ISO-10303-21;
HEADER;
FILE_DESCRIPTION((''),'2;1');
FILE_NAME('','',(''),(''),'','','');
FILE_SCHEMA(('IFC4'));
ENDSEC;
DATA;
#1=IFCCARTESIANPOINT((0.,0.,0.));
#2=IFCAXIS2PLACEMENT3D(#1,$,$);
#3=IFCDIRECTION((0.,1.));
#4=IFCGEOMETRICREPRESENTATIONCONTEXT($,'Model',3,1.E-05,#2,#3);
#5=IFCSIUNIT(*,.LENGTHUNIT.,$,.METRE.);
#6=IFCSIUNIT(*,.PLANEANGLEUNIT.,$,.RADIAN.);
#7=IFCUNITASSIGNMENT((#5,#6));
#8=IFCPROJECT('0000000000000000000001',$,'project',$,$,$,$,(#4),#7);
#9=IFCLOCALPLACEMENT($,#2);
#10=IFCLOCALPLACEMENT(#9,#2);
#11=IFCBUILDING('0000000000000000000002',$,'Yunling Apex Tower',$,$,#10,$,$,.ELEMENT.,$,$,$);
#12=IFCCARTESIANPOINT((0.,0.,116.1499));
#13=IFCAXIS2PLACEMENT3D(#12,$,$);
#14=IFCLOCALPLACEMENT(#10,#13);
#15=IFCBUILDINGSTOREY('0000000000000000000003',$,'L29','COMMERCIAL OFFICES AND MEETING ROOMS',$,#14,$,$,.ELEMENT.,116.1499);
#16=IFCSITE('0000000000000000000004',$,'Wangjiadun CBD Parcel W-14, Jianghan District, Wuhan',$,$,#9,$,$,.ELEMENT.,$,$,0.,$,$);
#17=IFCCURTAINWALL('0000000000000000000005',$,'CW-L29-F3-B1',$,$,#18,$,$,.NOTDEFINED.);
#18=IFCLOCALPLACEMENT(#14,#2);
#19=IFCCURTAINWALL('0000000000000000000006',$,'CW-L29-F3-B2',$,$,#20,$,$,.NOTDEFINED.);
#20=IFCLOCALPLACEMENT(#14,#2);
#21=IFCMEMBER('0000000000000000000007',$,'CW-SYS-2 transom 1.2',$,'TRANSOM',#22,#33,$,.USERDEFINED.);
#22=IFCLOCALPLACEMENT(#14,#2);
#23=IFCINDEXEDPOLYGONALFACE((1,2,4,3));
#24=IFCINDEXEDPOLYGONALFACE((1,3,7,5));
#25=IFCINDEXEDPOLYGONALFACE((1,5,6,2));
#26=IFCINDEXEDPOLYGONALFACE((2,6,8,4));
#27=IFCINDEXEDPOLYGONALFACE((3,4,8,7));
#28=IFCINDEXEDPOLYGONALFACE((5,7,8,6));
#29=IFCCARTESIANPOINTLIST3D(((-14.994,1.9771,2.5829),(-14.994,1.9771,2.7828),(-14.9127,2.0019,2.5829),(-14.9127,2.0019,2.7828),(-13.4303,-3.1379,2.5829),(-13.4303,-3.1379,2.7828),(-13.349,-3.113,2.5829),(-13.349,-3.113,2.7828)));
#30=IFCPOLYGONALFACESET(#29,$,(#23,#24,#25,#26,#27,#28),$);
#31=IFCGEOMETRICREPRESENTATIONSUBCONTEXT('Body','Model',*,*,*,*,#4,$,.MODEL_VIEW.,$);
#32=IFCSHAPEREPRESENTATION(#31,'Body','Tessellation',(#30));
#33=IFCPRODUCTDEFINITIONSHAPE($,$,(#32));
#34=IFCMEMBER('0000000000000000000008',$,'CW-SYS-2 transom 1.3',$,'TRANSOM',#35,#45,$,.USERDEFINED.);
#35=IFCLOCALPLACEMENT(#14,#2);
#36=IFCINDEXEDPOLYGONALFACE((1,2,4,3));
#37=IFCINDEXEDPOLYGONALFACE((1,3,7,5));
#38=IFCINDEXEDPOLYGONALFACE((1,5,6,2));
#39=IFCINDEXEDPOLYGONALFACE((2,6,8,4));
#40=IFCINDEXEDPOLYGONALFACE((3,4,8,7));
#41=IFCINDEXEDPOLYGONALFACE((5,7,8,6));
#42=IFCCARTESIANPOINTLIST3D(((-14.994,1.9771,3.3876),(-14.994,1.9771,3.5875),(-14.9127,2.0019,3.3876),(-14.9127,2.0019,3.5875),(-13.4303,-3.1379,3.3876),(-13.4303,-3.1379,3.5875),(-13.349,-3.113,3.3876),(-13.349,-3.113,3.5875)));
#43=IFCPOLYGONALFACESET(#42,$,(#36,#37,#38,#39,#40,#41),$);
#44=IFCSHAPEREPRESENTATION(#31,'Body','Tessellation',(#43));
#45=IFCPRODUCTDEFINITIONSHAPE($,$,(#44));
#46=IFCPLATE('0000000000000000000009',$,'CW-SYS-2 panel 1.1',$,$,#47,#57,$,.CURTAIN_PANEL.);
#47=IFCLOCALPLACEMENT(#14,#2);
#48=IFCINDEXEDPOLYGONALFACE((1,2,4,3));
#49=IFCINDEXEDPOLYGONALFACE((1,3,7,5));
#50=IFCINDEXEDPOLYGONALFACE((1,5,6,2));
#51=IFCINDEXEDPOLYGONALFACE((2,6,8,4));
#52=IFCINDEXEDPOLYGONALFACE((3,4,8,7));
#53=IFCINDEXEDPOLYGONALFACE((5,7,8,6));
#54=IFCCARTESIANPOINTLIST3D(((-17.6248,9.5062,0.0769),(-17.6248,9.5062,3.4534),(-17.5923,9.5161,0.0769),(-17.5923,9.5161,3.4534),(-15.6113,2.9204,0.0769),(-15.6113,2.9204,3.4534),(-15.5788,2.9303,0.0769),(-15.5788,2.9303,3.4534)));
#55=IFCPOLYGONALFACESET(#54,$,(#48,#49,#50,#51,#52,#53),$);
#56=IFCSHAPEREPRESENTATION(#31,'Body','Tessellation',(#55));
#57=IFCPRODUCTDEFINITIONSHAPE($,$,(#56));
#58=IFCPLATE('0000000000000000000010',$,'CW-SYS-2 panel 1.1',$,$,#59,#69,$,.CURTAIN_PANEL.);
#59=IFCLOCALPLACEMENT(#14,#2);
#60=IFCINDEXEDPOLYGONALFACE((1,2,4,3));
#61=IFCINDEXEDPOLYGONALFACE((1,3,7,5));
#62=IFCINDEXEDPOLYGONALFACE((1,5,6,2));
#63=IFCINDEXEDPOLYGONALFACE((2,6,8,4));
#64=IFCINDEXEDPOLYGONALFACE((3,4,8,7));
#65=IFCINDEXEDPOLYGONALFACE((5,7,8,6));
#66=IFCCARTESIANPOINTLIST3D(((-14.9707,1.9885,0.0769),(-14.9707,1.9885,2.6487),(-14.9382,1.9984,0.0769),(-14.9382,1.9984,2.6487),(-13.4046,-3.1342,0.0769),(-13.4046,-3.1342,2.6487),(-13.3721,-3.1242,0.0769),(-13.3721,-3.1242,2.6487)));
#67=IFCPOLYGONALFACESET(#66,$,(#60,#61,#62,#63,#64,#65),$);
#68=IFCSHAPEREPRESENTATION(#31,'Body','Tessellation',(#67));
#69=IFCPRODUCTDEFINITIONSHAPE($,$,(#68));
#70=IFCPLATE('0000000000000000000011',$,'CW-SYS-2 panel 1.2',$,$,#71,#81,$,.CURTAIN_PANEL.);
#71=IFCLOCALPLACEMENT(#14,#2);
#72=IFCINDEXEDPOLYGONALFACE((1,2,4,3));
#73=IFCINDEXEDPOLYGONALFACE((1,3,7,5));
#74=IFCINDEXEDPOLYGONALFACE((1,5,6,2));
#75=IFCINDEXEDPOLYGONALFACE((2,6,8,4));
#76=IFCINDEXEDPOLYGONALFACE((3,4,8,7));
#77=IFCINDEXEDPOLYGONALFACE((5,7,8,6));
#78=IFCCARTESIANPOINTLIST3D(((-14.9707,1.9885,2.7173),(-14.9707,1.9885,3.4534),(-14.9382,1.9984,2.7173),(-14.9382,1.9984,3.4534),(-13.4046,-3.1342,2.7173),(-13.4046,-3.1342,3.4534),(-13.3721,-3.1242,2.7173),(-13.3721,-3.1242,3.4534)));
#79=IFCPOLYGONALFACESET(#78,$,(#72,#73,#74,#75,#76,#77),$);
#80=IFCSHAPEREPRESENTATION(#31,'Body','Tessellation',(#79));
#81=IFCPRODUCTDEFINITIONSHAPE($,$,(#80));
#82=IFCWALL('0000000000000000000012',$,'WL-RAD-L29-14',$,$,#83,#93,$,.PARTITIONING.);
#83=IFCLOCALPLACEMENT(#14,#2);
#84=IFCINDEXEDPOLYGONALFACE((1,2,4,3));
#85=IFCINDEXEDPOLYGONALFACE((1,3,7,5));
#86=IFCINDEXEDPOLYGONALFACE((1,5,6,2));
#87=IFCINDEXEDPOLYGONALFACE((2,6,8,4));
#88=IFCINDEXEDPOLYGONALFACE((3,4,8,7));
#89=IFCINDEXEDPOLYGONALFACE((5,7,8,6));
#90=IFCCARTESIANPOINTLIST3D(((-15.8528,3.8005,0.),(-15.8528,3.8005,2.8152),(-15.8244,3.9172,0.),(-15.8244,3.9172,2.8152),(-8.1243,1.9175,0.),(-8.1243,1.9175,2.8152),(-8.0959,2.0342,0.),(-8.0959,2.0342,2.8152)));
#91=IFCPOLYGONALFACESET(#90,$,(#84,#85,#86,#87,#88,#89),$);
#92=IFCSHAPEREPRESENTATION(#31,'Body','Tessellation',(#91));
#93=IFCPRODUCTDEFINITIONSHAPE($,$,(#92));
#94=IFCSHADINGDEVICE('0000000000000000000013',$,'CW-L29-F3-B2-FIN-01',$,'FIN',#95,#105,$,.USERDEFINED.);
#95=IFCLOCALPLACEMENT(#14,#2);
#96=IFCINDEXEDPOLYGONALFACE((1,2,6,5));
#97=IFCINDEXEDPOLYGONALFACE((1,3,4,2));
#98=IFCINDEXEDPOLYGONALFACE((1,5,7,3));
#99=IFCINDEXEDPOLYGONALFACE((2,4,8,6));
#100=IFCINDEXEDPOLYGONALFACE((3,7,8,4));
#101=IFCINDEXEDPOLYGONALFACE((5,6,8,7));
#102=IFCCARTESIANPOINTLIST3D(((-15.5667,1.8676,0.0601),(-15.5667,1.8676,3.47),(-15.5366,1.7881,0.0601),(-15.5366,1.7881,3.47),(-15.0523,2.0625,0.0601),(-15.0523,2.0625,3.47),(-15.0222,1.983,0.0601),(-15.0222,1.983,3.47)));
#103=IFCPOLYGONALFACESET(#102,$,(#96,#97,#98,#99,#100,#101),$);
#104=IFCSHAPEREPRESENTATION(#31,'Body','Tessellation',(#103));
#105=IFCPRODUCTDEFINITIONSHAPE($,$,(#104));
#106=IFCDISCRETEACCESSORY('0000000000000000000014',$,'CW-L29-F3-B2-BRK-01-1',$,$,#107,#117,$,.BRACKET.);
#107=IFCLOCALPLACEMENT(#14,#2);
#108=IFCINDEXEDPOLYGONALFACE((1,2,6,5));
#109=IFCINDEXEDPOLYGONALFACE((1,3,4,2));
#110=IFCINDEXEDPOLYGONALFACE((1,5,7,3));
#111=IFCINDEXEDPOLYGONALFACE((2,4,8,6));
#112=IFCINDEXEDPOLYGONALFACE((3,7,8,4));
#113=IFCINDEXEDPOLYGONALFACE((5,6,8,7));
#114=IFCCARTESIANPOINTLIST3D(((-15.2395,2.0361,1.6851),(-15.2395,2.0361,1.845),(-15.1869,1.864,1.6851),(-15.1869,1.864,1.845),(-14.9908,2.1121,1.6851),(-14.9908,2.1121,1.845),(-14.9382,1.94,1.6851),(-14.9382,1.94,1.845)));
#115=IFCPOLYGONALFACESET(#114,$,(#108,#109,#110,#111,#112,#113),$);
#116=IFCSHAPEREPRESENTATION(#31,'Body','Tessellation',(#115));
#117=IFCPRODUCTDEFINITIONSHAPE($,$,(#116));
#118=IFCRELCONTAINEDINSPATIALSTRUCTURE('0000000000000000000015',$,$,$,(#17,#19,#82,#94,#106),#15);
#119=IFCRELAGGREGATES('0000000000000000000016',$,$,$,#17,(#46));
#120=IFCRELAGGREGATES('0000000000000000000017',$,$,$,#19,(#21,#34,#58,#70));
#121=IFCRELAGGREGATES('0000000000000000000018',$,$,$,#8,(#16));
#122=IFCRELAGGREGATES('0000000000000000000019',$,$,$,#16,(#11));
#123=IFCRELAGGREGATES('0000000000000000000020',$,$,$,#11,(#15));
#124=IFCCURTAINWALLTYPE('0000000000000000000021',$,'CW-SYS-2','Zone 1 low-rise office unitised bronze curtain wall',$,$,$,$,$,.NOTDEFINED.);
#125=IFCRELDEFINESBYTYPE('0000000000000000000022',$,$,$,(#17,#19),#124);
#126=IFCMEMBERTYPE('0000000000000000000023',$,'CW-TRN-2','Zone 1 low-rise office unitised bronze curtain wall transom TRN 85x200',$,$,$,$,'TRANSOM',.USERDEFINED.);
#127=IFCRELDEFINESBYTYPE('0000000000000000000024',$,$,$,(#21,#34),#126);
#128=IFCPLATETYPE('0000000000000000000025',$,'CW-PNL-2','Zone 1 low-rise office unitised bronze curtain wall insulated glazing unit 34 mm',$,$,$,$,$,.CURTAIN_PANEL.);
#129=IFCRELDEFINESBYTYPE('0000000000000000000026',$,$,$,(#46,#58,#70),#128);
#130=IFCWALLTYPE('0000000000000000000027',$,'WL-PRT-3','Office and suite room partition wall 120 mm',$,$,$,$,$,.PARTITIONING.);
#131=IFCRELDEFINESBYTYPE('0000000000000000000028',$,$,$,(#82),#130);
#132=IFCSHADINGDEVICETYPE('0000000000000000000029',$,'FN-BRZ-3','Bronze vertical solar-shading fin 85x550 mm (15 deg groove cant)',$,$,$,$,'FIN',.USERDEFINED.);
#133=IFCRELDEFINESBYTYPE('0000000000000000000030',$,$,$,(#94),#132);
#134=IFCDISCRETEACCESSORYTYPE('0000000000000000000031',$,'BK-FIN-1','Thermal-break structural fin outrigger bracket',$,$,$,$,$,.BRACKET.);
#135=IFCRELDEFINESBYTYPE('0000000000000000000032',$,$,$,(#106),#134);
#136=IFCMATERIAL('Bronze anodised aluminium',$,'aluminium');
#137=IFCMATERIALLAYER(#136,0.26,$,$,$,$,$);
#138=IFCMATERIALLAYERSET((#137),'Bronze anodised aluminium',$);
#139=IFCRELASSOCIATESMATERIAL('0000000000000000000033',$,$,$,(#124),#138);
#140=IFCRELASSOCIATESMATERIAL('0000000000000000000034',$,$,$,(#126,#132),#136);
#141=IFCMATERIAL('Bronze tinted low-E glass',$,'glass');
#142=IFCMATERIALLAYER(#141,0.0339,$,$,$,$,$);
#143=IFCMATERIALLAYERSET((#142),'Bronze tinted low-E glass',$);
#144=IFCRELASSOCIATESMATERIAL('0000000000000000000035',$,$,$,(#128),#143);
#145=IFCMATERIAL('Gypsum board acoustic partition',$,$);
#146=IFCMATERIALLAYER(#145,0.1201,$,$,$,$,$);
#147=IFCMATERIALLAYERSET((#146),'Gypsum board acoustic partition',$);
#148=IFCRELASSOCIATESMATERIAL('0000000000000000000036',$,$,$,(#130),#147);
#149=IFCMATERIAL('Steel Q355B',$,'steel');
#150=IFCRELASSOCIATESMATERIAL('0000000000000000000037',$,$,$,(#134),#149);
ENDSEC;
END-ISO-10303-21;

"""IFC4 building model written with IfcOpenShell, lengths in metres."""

from ifc_helpers import new_model, si_unit, direction, frame, frame_2d, origin, origin_2d, place, context, subcontext, project, spatial, rectangle, extrude, source, transform, mapped, material, layer, layer_set, material_profile, profile_set, type_object, element, aggregate, save


model = new_model("IFC4")

# Units and contexts
model_context = context("Model", 3, precision=1e-05, world=origin(), true_north=direction((0.0, 1.0)))
body_context = subcontext(model_context, "Body", "Model", "MODEL_VIEW")
ifc_project = project(units=[si_unit("LENGTHUNIT", "METRE"), si_unit("PLANEANGLEUNIT", "RADIAN")], contexts=[model_context])

# Site, building, storey
site_placement = place(None, origin())
site = spatial("IfcSite", under=ifc_project, at=site_placement, Name="Wangjiadun CBD Parcel W-14, Jianghan District, Wuhan", CompositionType="ELEMENT", RefElevation=0.0)
building_placement = place(site_placement, origin())
building = spatial("IfcBuilding", under=site, at=building_placement, Name="Yunling Apex Tower", CompositionType="ELEMENT")
storey_placement = place(building_placement, frame((0.0, 0.0, 116.1499)))
storey = spatial("IfcBuildingStorey", under=building, at=storey_placement, Name="L29", Description="COMMERCIAL OFFICES AND MEETING ROOMS", CompositionType="ELEMENT", Elevation=116.1499)

# Shared definitions
ifc_material_1 = material(Name="Steel Q355B", Category="steel")

# Curtain wall
ifc_material_2 = material(Name="Bronze anodised aluminium", Category="aluminium")
ifc_layer_1 = layer(ifc_material_2, 0.26)
ifc_layer_set_1 = layer_set([ifc_layer_1], Name="Bronze anodised aluminium")
curtain_wall_type = type_object("IfcCurtainWallType", Name="CW-SYS-2", Description="Zone 1 low-rise office unitised bronze curtain wall", PredefinedType="NOTDEFINED", material=ifc_layer_set_1)
curtain_wall_1_placement = place(storey_placement, origin())
curtain_wall_1 = element("IfcCurtainWall", 1, at=curtain_wall_1_placement, inside=storey, type_object=curtain_wall_type, Name="CW-L29-F3-B1", PredefinedType="NOTDEFINED")

# Curtain wall, members
curtain_wall_2_placement = place(storey_placement, origin())
curtain_wall_2 = element("IfcCurtainWall", 2, at=curtain_wall_2_placement, inside=storey, type_object=curtain_wall_type, Name="CW-L29-F3-B2", PredefinedType="NOTDEFINED")
ifc_material_profile_1 = material_profile(ifc_material_2, rectangle(XDim=0.085, YDim=0.2, at=origin_2d()))
ifc_profile_set_1 = profile_set([ifc_material_profile_1], Name="Bronze anodised aluminium")
member_type_1 = type_object("IfcMemberType", Name="CW-TRN-2", Description="Zone 1 low-rise office unitised bronze curtain wall transom TRN 85x200", ElementType="TRANSOM", PredefinedType="USERDEFINED", material=ifc_profile_set_1)
shared_shape_1 = source(origin(), body_context, "Body", "SweptSolid", [
    extrude(rectangle(XDim=0.085, YDim=0.2, at=origin_2d()), origin(), (0.0, 0.0, 1.0), 5.3486),
])
member_1_placement = place(storey_placement, frame((-14.9534, 1.9895, 2.6829), z_axis=(0.292357, -0.956309, 0.0), x_axis=(0.956309, 0.292357, 0.0)))
member_1 = element("IfcMember", 3, at=member_1_placement, type_object=member_type_1, Name="CW-SYS-2 transom 1.2", ObjectType="TRANSOM", PredefinedType="USERDEFINED", context=body_context, shape_type="MappedRepresentation", body=[
    mapped(shared_shape_1, transform((0.0, 0.0, 0.0), scale=1.0)),
])
member_2_placement = place(storey_placement, frame((-14.9534, 1.9895, 3.4875), z_axis=(0.292357, -0.956309, 0.0), x_axis=(0.956309, 0.292357, 0.0)))
member_2 = element("IfcMember", 4, at=member_2_placement, type_object=member_type_1, Name="CW-SYS-2 transom 1.3", ObjectType="TRANSOM", PredefinedType="USERDEFINED", context=body_context, shape_type="MappedRepresentation", body=[
    mapped(shared_shape_1, transform((0.0, 0.0, 0.0), scale=1.0)),
])

# Plates
ifc_material_3 = material(Name="Bronze tinted low-E glass", Category="glass")
ifc_layer_2 = layer(ifc_material_3, 0.0339)
ifc_layer_set_2 = layer_set([ifc_layer_2], Name="Bronze tinted low-E glass")
plate_type = type_object("IfcPlateType", Name="CW-PNL-2", Description="Zone 1 low-rise office unitised bronze curtain wall insulated glazing unit 34 mm", PredefinedType="CURTAIN_PANEL", material=ifc_layer_set_2)
shared_shape_2 = source(origin(), body_context, "Body", "SweptSolid", [
    extrude(rectangle(XDim=6.8867, YDim=0.0339, at=origin_2d()), origin(), (0.0, 0.0, 1.0), 3.3765),
])
plate_1_placement = place(storey_placement, frame((-16.6018, 6.2183, 0.0769), z_axis=(0.0, 0.0, 1.0), x_axis=(0.292373, -0.956304, 0.0)))
plate_1 = element("IfcPlate", 5, at=plate_1_placement, type_object=plate_type, Name="CW-SYS-2 panel 1.1", PredefinedType="CURTAIN_PANEL", context=body_context, shape_type="MappedRepresentation", body=[
    mapped(shared_shape_2, transform((0.0, 0.0, 0.0), scale=1.0)),
])
aggregate(curtain_wall_1, [plate_1])
shared_shape_3 = source(origin(), body_context, "Body", "SweptSolid", [
    extrude(rectangle(XDim=5.3567, YDim=0.0339, at=origin_2d()), origin(), (0.0, 0.0, 1.0), 2.5718),
])
plate_2_placement = place(storey_placement, frame((-14.1714, -0.5679, 0.0769), z_axis=(0.0, 0.0, 1.0), x_axis=(0.292364, -0.956307, 0.0)))
plate_2 = element("IfcPlate", 6, at=plate_2_placement, type_object=plate_type, Name="CW-SYS-2 panel 1.1", PredefinedType="CURTAIN_PANEL", context=body_context, shape_type="MappedRepresentation", body=[
    mapped(shared_shape_3, transform((0.0, 0.0, 0.0), scale=1.0)),
])
shared_shape_4 = source(origin(), body_context, "Body", "SweptSolid", [
    extrude(rectangle(XDim=5.3567, YDim=0.0339, at=origin_2d()), origin(), (0.0, 0.0, 1.0), 0.7361),
])
plate_3_placement = place(storey_placement, frame((-14.1714, -0.5679, 2.7173), z_axis=(0.0, 0.0, 1.0), x_axis=(0.292364, -0.956307, 0.0)))
plate_3 = element("IfcPlate", 7, at=plate_3_placement, type_object=plate_type, Name="CW-SYS-2 panel 1.2", PredefinedType="CURTAIN_PANEL", context=body_context, shape_type="MappedRepresentation", body=[
    mapped(shared_shape_4, transform((0.0, 0.0, 0.0), scale=1.0)),
])
aggregate(curtain_wall_2, [member_1, member_2, plate_2, plate_3])

# Wall
ifc_material_4 = material(Name="Gypsum board acoustic partition")
ifc_layer_3 = layer(ifc_material_4, 0.1201)
ifc_layer_set_3 = layer_set([ifc_layer_3], Name="Gypsum board acoustic partition")
wall_type = type_object("IfcWallType", Name="WL-PRT-3", Description="Office and suite room partition wall 120 mm", PredefinedType="PARTITIONING", material=ifc_layer_set_3)
wall_placement = place(storey_placement, frame((-8.1101, 1.9758, 0.0), z_axis=(0.0, 0.0, 1.0), x_axis=(-0.971577, 0.236725, 0.0)))
element("IfcWall", 8, at=wall_placement, inside=storey, type_object=wall_type, Name="WL-RAD-L29-14", PredefinedType="PARTITIONING", context=body_context, shape_type="SweptSolid", body=[
    extrude(rectangle(XDim=7.9546, YDim=0.1201, at=frame_2d((3.9773, 0.0))), origin(), (0.0, 0.0, 1.0), 2.8152),
])

# Shading device
ifc_material_profile_2 = material_profile(ifc_material_2, rectangle(XDim=0.085, YDim=0.55, at=origin_2d()))
ifc_profile_set_2 = profile_set([ifc_material_profile_2], Name="Bronze anodised aluminium")
shading_device_type = type_object("IfcShadingDeviceType", Name="FN-BRZ-3", Description="Bronze vertical solar-shading fin 85x550 mm (15 deg groove cant)", ElementType="FIN", PredefinedType="USERDEFINED", material=ifc_profile_set_2)
shared_shape_5 = source(origin(), body_context, "Body", "SweptSolid", [
    extrude(rectangle(XDim=0.085, YDim=0.55, at=origin_2d()), origin(), (0.0, 0.0, 1.0), 3.4099),
])
shading_device_placement = place(storey_placement, frame((-15.2944, 1.9253, 0.0601), z_axis=(0.0, 0.0, 1.0), x_axis=(0.354291, -0.935135, 0.0)))
element("IfcShadingDevice", 9, at=shading_device_placement, inside=storey, type_object=shading_device_type, Name="CW-L29-F3-B2-FIN-01", ObjectType="FIN", PredefinedType="USERDEFINED", context=body_context, shape_type="MappedRepresentation", body=[
    mapped(shared_shape_5, transform((0.0, 0.0, 0.0), scale=1.0)),
])

# Discrete accessory
discrete_accessory_type = type_object("IfcDiscreteAccessoryType", Name="BK-FIN-1", Description="Thermal-break structural fin outrigger bracket", PredefinedType="BRACKET", material=ifc_material_1)
shared_shape_6 = source(origin(), body_context, "Body", "SweptSolid", [
    extrude(rectangle(XDim=0.1799, YDim=0.26, at=origin_2d()), origin(), (0.0, 0.0, 1.0), 0.1599),
])
discrete_accessory_placement = place(storey_placement, frame((-15.0889, 1.988, 1.6851), z_axis=(0.0, 0.0, 1.0), x_axis=(0.292372, -0.956305, 0.0)))
element("IfcDiscreteAccessory", 10, at=discrete_accessory_placement, inside=storey, type_object=discrete_accessory_type, Name="CW-L29-F3-B2-BRK-01-1", PredefinedType="BRACKET", context=body_context, shape_type="MappedRepresentation", body=[
    mapped(shared_shape_6, transform((0.0, 0.0, 0.0), scale=1.0)),
])

save(model, "model.ifc")
